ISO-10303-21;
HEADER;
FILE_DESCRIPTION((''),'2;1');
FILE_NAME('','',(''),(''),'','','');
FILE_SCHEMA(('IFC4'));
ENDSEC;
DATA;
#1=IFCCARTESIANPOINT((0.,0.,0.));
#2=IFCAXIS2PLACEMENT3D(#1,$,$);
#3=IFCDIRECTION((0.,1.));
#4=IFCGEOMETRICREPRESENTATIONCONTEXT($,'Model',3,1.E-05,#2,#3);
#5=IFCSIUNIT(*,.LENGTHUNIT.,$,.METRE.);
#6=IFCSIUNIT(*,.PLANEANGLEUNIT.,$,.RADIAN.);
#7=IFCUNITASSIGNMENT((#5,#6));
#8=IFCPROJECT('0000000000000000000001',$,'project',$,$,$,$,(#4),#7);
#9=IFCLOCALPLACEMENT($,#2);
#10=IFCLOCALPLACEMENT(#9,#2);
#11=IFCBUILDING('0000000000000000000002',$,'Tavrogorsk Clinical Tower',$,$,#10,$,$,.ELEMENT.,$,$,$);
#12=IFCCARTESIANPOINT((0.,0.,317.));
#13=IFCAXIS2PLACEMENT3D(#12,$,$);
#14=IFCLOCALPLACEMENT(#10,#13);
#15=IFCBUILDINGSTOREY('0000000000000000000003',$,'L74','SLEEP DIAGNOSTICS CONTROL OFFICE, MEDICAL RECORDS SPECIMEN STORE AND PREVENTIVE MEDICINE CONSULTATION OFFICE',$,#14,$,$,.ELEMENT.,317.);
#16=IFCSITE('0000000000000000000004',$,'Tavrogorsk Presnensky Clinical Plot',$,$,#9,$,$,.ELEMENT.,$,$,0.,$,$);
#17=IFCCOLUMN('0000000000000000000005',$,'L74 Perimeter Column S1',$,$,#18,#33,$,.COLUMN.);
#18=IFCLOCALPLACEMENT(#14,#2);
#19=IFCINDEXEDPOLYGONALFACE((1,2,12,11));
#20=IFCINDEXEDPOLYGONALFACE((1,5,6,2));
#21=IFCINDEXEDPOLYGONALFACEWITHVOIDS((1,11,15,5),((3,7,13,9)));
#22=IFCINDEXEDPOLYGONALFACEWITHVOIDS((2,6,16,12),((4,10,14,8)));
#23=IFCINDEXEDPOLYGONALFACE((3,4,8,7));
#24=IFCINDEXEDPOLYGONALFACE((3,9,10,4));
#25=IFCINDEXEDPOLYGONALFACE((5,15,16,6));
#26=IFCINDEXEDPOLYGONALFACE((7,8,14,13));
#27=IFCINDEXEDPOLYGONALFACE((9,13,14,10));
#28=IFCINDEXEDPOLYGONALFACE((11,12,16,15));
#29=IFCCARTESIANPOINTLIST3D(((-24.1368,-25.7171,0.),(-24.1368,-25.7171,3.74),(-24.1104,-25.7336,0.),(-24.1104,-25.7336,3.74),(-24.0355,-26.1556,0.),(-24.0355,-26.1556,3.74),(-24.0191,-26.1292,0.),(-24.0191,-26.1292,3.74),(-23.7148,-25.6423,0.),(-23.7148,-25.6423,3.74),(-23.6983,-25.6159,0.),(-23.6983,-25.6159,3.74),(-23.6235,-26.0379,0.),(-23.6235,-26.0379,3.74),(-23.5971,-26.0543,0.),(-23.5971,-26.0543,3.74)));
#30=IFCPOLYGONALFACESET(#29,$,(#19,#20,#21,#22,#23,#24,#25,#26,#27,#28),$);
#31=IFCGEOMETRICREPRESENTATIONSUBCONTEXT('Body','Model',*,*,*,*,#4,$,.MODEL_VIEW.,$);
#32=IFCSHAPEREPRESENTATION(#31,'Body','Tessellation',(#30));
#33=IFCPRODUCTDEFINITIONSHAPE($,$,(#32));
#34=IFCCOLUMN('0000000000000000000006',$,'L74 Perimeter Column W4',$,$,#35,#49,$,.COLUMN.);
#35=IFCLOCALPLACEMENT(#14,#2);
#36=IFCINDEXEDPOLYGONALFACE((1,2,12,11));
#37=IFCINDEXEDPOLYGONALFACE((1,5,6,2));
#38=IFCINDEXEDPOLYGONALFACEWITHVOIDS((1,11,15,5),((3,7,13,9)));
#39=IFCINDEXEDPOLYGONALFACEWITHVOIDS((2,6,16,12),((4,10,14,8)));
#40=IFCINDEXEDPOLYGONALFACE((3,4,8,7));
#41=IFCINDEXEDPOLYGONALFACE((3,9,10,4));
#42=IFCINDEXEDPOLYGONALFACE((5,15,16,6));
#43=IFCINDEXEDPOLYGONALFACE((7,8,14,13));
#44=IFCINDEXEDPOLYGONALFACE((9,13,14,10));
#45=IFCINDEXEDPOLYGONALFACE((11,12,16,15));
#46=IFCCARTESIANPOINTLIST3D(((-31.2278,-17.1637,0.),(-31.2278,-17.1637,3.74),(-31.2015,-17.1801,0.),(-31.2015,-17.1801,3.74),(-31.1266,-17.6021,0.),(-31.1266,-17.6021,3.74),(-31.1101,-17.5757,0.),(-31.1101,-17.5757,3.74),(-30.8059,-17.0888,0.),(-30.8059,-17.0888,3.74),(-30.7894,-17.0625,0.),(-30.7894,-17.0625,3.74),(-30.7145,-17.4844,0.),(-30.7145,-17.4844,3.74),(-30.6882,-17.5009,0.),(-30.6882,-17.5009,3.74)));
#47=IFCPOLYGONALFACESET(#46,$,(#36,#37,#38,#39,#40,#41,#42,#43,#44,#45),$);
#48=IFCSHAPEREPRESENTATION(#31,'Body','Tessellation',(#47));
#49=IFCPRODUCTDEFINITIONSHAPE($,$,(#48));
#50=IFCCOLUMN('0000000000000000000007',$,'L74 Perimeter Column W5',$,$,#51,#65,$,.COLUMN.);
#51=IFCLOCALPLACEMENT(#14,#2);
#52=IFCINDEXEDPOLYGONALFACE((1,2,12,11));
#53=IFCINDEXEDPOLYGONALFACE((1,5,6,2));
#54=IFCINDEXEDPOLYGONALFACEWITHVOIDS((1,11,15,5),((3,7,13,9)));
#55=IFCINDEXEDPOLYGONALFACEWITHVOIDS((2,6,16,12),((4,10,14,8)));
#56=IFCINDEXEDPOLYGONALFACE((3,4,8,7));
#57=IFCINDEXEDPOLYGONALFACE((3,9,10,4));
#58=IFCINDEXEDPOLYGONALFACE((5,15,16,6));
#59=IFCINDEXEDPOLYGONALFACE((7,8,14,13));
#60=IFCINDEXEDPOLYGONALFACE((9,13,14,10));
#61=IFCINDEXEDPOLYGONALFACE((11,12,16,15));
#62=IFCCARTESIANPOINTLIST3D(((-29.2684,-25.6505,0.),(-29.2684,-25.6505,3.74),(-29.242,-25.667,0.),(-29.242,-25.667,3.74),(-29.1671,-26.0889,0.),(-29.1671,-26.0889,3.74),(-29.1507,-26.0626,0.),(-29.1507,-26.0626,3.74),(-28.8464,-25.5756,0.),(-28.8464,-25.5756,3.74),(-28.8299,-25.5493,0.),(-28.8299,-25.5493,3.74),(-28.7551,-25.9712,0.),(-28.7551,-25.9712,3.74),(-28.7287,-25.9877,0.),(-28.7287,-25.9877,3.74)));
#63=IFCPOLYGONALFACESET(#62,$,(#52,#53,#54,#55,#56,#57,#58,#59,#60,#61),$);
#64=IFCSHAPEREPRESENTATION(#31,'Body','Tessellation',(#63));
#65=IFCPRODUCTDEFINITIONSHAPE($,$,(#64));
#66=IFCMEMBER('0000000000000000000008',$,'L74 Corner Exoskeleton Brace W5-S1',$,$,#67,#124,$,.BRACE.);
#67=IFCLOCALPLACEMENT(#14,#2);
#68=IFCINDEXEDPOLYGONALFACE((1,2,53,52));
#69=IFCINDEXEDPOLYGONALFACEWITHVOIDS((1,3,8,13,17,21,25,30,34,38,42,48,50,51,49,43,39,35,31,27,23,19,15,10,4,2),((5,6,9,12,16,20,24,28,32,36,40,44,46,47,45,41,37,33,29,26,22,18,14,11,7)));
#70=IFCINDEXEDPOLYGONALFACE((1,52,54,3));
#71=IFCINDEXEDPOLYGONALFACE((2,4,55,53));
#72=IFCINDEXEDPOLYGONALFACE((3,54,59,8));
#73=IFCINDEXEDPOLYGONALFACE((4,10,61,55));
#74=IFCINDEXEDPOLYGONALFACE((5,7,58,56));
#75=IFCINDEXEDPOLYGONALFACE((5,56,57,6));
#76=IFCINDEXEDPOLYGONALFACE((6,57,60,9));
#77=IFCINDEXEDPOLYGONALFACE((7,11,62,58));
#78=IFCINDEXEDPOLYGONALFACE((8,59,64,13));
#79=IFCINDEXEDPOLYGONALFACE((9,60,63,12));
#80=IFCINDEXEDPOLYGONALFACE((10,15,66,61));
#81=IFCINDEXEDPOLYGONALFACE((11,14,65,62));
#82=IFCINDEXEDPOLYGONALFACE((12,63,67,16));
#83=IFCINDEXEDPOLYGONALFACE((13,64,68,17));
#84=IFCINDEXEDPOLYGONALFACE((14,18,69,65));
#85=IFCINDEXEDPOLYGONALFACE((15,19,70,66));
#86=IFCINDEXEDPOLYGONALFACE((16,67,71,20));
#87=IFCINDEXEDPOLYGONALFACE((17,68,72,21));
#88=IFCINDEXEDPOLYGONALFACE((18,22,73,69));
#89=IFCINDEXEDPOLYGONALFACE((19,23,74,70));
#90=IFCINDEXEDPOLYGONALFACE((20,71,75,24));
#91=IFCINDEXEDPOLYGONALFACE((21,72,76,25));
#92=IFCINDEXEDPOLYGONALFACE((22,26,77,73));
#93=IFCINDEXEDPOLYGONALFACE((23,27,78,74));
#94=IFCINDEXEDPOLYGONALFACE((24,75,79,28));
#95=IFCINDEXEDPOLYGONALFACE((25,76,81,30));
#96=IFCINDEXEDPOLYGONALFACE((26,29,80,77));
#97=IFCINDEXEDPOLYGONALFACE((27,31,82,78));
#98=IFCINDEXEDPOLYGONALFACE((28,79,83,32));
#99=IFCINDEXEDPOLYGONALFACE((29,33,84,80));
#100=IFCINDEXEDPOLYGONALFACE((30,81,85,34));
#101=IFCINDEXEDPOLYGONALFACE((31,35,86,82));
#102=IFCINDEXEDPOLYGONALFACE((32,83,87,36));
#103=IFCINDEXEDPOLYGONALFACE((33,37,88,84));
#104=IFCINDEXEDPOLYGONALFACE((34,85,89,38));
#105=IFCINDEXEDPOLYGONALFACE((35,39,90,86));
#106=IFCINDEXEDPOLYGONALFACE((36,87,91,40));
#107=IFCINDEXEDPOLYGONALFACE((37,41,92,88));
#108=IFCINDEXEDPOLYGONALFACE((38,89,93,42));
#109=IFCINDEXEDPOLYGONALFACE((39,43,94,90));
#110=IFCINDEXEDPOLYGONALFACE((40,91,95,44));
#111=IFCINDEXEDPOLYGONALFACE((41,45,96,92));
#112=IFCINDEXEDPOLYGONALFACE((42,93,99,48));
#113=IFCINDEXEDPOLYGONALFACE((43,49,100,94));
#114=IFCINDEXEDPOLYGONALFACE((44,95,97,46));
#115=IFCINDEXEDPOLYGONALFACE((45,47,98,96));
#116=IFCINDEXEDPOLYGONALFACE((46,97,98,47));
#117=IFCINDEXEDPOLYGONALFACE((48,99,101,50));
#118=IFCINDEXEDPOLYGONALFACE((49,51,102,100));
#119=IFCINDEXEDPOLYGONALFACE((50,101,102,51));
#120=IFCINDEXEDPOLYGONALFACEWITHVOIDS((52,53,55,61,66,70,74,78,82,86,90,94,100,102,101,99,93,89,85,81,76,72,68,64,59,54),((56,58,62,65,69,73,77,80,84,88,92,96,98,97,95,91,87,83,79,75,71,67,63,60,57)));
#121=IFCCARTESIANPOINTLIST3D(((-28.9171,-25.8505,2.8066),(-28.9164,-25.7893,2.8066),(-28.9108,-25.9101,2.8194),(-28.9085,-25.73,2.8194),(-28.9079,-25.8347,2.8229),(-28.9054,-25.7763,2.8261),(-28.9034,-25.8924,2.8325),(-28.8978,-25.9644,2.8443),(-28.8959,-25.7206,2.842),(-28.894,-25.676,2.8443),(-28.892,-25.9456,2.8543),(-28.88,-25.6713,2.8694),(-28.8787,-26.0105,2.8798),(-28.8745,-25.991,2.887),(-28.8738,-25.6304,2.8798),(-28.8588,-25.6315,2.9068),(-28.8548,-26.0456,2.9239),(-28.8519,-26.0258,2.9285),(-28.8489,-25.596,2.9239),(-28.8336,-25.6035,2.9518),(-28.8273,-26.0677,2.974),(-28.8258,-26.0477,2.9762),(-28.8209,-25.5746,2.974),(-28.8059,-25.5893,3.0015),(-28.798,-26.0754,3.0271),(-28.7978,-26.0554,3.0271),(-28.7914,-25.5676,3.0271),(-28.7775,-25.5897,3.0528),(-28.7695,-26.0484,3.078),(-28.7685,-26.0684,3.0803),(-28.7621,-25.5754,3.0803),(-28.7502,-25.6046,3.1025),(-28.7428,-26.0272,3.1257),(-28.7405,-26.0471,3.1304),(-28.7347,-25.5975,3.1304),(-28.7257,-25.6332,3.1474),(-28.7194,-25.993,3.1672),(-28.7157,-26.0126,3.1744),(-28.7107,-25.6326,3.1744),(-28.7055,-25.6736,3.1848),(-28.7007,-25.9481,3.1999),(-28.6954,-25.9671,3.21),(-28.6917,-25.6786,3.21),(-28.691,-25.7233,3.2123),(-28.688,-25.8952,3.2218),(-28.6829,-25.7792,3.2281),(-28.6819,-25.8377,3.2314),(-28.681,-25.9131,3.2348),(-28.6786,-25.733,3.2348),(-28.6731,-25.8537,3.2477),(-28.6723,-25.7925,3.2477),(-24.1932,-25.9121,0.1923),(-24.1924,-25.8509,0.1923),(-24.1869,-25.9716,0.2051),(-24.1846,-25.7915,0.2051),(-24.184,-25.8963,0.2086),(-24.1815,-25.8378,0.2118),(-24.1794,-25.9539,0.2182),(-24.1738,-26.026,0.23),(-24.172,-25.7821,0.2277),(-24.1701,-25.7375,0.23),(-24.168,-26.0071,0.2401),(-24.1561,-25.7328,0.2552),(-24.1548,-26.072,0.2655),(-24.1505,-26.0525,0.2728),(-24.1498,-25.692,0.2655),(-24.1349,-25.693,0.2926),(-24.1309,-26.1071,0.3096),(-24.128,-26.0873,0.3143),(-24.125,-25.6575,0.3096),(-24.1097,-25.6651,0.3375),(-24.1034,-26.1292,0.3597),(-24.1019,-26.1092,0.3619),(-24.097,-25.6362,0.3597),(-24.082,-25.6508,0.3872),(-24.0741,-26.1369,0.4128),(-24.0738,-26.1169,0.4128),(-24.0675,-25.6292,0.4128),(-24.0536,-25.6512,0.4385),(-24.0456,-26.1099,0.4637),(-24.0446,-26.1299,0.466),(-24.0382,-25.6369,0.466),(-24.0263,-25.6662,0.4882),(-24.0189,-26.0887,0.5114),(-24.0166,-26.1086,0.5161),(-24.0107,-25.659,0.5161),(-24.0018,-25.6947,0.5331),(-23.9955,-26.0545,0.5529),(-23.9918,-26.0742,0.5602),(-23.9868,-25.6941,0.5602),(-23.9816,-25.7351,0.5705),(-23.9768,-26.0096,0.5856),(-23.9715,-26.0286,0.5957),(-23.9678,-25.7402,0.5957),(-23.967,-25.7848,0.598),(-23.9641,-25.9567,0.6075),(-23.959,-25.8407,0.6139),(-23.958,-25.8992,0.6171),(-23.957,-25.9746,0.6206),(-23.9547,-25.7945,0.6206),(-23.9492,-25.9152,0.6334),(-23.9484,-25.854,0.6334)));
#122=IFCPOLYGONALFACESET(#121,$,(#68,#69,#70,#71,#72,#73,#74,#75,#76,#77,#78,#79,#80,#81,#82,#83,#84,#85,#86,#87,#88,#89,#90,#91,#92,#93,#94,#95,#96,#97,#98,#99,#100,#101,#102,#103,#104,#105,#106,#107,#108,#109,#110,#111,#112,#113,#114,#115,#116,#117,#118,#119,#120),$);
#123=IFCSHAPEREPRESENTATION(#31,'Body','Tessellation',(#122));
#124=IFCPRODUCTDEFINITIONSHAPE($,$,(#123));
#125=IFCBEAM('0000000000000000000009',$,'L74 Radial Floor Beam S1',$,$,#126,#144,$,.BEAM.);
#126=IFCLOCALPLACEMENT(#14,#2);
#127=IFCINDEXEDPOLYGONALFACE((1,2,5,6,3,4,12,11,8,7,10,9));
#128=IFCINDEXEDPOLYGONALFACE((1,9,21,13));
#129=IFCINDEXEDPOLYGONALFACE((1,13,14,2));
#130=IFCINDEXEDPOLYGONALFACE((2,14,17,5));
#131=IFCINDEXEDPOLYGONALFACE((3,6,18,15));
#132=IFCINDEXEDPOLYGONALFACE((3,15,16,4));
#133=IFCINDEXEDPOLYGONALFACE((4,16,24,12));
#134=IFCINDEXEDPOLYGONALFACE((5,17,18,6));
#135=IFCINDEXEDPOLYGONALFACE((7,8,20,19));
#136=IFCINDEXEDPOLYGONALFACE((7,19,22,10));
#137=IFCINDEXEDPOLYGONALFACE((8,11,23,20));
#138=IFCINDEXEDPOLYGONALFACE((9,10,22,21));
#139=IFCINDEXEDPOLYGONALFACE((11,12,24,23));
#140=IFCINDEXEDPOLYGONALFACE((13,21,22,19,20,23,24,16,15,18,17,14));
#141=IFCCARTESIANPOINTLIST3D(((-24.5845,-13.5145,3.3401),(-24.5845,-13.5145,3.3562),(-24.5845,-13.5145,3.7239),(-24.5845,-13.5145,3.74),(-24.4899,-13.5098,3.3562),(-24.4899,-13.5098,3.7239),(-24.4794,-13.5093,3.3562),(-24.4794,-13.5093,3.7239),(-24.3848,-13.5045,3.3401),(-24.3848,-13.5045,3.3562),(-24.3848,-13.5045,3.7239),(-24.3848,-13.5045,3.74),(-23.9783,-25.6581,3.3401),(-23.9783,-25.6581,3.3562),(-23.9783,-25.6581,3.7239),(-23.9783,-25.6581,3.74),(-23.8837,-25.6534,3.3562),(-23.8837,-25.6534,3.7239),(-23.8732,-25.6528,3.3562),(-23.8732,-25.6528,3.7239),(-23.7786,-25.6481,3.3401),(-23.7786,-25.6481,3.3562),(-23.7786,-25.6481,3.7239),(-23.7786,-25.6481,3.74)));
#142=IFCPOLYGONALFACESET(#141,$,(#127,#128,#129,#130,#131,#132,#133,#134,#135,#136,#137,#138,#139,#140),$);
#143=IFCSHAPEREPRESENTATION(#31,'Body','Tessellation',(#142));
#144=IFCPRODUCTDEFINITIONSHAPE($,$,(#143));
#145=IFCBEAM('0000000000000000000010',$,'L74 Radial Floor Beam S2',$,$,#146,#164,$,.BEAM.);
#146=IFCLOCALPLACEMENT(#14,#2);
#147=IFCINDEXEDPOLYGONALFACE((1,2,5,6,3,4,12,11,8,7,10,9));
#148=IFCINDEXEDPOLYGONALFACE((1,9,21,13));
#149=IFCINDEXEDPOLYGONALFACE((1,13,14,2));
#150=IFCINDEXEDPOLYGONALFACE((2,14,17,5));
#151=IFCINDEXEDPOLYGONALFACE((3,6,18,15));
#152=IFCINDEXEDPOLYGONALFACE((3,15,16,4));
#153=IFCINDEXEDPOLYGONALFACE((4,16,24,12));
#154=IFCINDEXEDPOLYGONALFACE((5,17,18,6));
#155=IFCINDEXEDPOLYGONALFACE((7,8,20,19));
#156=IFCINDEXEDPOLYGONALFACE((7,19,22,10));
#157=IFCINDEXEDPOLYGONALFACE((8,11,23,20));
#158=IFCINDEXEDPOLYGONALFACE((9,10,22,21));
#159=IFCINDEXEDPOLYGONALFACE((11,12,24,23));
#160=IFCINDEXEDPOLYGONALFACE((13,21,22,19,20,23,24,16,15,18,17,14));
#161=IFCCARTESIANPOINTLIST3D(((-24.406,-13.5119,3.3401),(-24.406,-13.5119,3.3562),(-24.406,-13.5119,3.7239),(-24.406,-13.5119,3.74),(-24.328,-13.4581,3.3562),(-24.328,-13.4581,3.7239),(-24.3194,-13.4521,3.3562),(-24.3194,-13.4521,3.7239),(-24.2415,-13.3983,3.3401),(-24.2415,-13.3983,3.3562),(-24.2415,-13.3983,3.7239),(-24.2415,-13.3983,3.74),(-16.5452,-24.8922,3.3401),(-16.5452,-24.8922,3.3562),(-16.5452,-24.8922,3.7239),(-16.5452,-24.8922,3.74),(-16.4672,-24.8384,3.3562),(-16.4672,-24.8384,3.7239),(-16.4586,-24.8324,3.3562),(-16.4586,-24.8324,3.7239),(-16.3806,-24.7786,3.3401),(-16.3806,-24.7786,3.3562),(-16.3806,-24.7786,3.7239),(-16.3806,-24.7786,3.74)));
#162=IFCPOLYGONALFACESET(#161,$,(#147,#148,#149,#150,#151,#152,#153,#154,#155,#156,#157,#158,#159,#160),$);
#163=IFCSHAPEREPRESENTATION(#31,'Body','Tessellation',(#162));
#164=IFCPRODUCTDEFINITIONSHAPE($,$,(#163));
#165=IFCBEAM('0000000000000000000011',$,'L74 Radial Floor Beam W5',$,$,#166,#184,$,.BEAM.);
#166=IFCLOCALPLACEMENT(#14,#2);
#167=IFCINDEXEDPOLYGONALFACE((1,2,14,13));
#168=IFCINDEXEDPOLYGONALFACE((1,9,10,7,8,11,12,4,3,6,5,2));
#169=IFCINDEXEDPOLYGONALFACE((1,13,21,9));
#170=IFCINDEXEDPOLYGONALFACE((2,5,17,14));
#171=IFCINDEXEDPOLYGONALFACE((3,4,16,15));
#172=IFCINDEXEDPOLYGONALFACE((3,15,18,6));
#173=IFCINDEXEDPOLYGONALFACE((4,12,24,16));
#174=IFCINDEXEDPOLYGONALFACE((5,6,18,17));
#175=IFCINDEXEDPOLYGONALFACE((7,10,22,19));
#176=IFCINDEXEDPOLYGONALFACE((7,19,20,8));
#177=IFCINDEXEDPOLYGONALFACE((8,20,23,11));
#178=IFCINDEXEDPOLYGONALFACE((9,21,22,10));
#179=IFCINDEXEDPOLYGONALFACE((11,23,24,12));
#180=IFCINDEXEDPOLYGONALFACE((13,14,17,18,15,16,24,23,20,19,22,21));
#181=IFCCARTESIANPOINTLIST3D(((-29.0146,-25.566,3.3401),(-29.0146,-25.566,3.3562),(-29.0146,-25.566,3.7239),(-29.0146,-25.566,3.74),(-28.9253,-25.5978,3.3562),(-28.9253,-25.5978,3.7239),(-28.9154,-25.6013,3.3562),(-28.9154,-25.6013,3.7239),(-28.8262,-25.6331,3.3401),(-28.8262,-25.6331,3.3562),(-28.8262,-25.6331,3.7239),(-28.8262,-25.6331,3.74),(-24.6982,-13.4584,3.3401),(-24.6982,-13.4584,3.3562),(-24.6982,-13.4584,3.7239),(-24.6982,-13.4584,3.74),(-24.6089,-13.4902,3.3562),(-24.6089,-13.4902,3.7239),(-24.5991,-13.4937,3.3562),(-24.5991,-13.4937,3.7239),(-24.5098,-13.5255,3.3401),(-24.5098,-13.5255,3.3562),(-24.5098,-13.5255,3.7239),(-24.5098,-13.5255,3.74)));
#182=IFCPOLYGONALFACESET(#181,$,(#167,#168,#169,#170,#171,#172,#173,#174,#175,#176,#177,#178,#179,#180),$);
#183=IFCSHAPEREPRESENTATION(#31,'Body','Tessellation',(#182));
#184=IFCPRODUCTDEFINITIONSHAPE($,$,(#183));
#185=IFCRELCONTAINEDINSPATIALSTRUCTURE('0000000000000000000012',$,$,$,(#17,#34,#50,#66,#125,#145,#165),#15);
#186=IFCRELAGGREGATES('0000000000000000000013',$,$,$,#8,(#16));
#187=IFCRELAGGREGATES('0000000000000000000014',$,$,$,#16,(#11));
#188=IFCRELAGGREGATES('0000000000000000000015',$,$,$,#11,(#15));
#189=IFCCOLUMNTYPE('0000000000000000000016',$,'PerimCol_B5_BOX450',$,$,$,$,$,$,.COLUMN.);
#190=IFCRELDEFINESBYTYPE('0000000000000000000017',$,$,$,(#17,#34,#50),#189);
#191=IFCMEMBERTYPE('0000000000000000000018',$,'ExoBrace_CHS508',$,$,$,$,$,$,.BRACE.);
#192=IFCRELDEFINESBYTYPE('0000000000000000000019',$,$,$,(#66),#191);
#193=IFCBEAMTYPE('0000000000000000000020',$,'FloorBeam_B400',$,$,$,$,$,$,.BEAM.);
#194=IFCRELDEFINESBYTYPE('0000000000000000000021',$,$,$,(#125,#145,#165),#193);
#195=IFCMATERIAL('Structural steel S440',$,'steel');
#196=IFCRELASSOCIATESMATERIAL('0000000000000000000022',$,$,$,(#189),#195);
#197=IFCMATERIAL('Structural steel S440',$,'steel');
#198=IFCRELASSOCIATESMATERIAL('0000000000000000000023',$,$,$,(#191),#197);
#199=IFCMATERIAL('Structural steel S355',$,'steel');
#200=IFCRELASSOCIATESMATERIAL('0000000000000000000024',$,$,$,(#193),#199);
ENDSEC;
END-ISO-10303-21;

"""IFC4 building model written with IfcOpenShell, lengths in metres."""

from ifc_helpers import new_model, si_unit, direction, frame, origin, origin_2d, place, context, subcontext, project, spatial, hollow_rectangle, hollow_circle, i_section, extrude, material, material_profile, profile_set, type_object, element, save


model = new_model("IFC4")

# Units and contexts
model_context = context("Model", 3, precision=1e-05, world=origin(), true_north=direction((0.0, 1.0)))
body_context = subcontext(model_context, "Body", "Model", "MODEL_VIEW")
ifc_project = project(units=[si_unit("LENGTHUNIT", "METRE"), si_unit("PLANEANGLEUNIT", "RADIAN")], contexts=[model_context])

# Site, building, storey
site_placement = place(None, origin())
site = spatial("IfcSite", under=ifc_project, at=site_placement, Name="Tavrogorsk Presnensky Clinical Plot", CompositionType="ELEMENT", RefElevation=0.0)
building_placement = place(site_placement, origin())
building = spatial("IfcBuilding", under=site, at=building_placement, Name="Tavrogorsk Clinical Tower", CompositionType="ELEMENT")
storey_placement = place(building_placement, frame((0.0, 0.0, 317.0)))
storey = spatial("IfcBuildingStorey", under=building, at=storey_placement, Name="L74", Description="SLEEP DIAGNOSTICS CONTROL OFFICE, MEDICAL RECORDS SPECIMEN STORE AND PREVENTIVE MEDICINE CONSULTATION OFFICE", CompositionType="ELEMENT", Elevation=317.0)

# Columns
ifc_material_1 = material(Name="Structural steel S440", Category="steel")
ifc_material_profile_1 = material_profile(ifc_material_1, hollow_rectangle(XDim=0.45, YDim=0.45, WallThickness=0.022, at=origin_2d()), Name="BOX-450x450x22")
ifc_profile_set_1 = profile_set([ifc_material_profile_1], Name="Structural steel S440")
column_type = type_object("IfcColumnType", Name="PerimCol_B5_BOX450", PredefinedType="COLUMN", material=ifc_profile_set_1)
for number, where, z_axis, x_axis, name in (
    (1, (-23.8669, -25.8857, 0.0), (0.0, 0.0, 1.0), (0.97437, 0.224951, 0.0), "L74 Perimeter Column S1"),
    (2, (-30.958, -17.3323, 0.0), (0.0, 0.0, 1.0), (0.97437, 0.224951, 0.0), "L74 Perimeter Column W4"),
    (3, (-28.9985, -25.8191, 0.0), (0.0, 0.0, 1.0), (0.97437, 0.224951, 0.0), "L74 Perimeter Column W5"),
):
    element("IfcColumn", number, at=place(storey_placement, frame(where, z_axis=z_axis, x_axis=x_axis)), inside=storey, type_object=column_type, Name=name, PredefinedType="COLUMN", context=body_context, shape_type="SweptSolid", body=[
        extrude(hollow_rectangle(XDim=0.45, YDim=0.45, WallThickness=0.022, at=origin_2d()), origin(), (0.0, 0.0, 1.0), 3.74),
    ])

# Member
ifc_material_2 = material(Name="Structural steel S440", Category="steel")
ifc_material_profile_2 = material_profile(ifc_material_2, hollow_circle(Radius=0.2539, WallThickness=0.02, at=origin_2d()), Name="CHS-508x20")
ifc_profile_set_2 = profile_set([ifc_material_profile_2], Name="Structural steel S440")
member_type_1 = type_object("IfcMemberType", Name="ExoBrace_CHS508", PredefinedType="BRACE", material=ifc_profile_set_2)
member_placement = place(storey_placement, frame((-24.0708, -25.8831, 0.4128), z_axis=(-0.874895, 0.011395, 0.484179), x_axis=(-0.013023, -0.999915, 0.0)))
element("IfcMember", 4, at=member_placement, inside=storey, type_object=member_type_1, Name="L74 Corner Exoskeleton Brace W5-S1", PredefinedType="BRACE", context=body_context, shape_type="SweptSolid", body=[
    extrude(hollow_circle(Radius=0.2539, WallThickness=0.02, at=origin_2d()), origin(), (0.0, 0.0, 1.0), 5.3994),
])

# Beams
ifc_material_3 = material(Name="Structural steel S355", Category="steel")
ifc_material_profile_3 = material_profile(ifc_material_3, i_section(OverallWidth=0.2, OverallDepth=0.3999, WebThickness=0.0105, FlangeThickness=0.0161, at=origin_2d()), Name="B-400x200x10.5x16")
ifc_profile_set_3 = profile_set([ifc_material_profile_3], Name="Structural steel S355")
beam_type_1 = type_object("IfcBeamType", Name="FloorBeam_B400", PredefinedType="BEAM", material=ifc_profile_set_3)
beam_1_placement = place(storey_placement, frame((-24.4846, -13.5095, 3.54), z_axis=(0.049857, -0.998756, 0.0), x_axis=(0.998756, 0.049857, 0.0)))
element("IfcBeam", 5, at=beam_1_placement, inside=storey, type_object=beam_type_1, Name="L74 Radial Floor Beam S1", PredefinedType="BEAM", context=body_context, shape_type="SweptSolid", body=[
    extrude(i_section(OverallWidth=0.2, OverallDepth=0.3999, WebThickness=0.0105, FlangeThickness=0.0161, at=origin_2d()), origin(), (0.0, 0.0, 1.0), 12.1587),
])
beam_2_placement = place(storey_placement, frame((-24.3237, -13.4551, 3.54), z_axis=(0.568336, -0.822797, 0.0), x_axis=(0.822797, 0.568336, 0.0)))
element("IfcBeam", 6, at=beam_2_placement, inside=storey, type_object=beam_type_1, Name="L74 Radial Floor Beam S2", PredefinedType="BEAM", context=body_context, shape_type="SweptSolid", body=[
    extrude(i_section(OverallWidth=0.2, OverallDepth=0.3999, WebThickness=0.0105, FlangeThickness=0.0161, at=origin_2d()), origin(), (0.0, 0.0, 1.0), 13.8313),
])
beam_3_placement = place(storey_placement, frame((-24.604, -13.4919, 3.54), z_axis=(-0.335801, -0.941933, 0.0), x_axis=(0.941933, -0.335801, 0.0)))
element("IfcBeam", 7, at=beam_3_placement, inside=storey, type_object=beam_type_1, Name="L74 Radial Floor Beam W5", PredefinedType="BEAM", context=body_context, shape_type="SweptSolid", body=[
    extrude(i_section(OverallWidth=0.2, OverallDepth=0.3999, WebThickness=0.0105, FlangeThickness=0.0161, at=origin_2d()), origin(), (0.0, 0.0, 1.0), 12.854),
])

save(model, "model.ifc")
